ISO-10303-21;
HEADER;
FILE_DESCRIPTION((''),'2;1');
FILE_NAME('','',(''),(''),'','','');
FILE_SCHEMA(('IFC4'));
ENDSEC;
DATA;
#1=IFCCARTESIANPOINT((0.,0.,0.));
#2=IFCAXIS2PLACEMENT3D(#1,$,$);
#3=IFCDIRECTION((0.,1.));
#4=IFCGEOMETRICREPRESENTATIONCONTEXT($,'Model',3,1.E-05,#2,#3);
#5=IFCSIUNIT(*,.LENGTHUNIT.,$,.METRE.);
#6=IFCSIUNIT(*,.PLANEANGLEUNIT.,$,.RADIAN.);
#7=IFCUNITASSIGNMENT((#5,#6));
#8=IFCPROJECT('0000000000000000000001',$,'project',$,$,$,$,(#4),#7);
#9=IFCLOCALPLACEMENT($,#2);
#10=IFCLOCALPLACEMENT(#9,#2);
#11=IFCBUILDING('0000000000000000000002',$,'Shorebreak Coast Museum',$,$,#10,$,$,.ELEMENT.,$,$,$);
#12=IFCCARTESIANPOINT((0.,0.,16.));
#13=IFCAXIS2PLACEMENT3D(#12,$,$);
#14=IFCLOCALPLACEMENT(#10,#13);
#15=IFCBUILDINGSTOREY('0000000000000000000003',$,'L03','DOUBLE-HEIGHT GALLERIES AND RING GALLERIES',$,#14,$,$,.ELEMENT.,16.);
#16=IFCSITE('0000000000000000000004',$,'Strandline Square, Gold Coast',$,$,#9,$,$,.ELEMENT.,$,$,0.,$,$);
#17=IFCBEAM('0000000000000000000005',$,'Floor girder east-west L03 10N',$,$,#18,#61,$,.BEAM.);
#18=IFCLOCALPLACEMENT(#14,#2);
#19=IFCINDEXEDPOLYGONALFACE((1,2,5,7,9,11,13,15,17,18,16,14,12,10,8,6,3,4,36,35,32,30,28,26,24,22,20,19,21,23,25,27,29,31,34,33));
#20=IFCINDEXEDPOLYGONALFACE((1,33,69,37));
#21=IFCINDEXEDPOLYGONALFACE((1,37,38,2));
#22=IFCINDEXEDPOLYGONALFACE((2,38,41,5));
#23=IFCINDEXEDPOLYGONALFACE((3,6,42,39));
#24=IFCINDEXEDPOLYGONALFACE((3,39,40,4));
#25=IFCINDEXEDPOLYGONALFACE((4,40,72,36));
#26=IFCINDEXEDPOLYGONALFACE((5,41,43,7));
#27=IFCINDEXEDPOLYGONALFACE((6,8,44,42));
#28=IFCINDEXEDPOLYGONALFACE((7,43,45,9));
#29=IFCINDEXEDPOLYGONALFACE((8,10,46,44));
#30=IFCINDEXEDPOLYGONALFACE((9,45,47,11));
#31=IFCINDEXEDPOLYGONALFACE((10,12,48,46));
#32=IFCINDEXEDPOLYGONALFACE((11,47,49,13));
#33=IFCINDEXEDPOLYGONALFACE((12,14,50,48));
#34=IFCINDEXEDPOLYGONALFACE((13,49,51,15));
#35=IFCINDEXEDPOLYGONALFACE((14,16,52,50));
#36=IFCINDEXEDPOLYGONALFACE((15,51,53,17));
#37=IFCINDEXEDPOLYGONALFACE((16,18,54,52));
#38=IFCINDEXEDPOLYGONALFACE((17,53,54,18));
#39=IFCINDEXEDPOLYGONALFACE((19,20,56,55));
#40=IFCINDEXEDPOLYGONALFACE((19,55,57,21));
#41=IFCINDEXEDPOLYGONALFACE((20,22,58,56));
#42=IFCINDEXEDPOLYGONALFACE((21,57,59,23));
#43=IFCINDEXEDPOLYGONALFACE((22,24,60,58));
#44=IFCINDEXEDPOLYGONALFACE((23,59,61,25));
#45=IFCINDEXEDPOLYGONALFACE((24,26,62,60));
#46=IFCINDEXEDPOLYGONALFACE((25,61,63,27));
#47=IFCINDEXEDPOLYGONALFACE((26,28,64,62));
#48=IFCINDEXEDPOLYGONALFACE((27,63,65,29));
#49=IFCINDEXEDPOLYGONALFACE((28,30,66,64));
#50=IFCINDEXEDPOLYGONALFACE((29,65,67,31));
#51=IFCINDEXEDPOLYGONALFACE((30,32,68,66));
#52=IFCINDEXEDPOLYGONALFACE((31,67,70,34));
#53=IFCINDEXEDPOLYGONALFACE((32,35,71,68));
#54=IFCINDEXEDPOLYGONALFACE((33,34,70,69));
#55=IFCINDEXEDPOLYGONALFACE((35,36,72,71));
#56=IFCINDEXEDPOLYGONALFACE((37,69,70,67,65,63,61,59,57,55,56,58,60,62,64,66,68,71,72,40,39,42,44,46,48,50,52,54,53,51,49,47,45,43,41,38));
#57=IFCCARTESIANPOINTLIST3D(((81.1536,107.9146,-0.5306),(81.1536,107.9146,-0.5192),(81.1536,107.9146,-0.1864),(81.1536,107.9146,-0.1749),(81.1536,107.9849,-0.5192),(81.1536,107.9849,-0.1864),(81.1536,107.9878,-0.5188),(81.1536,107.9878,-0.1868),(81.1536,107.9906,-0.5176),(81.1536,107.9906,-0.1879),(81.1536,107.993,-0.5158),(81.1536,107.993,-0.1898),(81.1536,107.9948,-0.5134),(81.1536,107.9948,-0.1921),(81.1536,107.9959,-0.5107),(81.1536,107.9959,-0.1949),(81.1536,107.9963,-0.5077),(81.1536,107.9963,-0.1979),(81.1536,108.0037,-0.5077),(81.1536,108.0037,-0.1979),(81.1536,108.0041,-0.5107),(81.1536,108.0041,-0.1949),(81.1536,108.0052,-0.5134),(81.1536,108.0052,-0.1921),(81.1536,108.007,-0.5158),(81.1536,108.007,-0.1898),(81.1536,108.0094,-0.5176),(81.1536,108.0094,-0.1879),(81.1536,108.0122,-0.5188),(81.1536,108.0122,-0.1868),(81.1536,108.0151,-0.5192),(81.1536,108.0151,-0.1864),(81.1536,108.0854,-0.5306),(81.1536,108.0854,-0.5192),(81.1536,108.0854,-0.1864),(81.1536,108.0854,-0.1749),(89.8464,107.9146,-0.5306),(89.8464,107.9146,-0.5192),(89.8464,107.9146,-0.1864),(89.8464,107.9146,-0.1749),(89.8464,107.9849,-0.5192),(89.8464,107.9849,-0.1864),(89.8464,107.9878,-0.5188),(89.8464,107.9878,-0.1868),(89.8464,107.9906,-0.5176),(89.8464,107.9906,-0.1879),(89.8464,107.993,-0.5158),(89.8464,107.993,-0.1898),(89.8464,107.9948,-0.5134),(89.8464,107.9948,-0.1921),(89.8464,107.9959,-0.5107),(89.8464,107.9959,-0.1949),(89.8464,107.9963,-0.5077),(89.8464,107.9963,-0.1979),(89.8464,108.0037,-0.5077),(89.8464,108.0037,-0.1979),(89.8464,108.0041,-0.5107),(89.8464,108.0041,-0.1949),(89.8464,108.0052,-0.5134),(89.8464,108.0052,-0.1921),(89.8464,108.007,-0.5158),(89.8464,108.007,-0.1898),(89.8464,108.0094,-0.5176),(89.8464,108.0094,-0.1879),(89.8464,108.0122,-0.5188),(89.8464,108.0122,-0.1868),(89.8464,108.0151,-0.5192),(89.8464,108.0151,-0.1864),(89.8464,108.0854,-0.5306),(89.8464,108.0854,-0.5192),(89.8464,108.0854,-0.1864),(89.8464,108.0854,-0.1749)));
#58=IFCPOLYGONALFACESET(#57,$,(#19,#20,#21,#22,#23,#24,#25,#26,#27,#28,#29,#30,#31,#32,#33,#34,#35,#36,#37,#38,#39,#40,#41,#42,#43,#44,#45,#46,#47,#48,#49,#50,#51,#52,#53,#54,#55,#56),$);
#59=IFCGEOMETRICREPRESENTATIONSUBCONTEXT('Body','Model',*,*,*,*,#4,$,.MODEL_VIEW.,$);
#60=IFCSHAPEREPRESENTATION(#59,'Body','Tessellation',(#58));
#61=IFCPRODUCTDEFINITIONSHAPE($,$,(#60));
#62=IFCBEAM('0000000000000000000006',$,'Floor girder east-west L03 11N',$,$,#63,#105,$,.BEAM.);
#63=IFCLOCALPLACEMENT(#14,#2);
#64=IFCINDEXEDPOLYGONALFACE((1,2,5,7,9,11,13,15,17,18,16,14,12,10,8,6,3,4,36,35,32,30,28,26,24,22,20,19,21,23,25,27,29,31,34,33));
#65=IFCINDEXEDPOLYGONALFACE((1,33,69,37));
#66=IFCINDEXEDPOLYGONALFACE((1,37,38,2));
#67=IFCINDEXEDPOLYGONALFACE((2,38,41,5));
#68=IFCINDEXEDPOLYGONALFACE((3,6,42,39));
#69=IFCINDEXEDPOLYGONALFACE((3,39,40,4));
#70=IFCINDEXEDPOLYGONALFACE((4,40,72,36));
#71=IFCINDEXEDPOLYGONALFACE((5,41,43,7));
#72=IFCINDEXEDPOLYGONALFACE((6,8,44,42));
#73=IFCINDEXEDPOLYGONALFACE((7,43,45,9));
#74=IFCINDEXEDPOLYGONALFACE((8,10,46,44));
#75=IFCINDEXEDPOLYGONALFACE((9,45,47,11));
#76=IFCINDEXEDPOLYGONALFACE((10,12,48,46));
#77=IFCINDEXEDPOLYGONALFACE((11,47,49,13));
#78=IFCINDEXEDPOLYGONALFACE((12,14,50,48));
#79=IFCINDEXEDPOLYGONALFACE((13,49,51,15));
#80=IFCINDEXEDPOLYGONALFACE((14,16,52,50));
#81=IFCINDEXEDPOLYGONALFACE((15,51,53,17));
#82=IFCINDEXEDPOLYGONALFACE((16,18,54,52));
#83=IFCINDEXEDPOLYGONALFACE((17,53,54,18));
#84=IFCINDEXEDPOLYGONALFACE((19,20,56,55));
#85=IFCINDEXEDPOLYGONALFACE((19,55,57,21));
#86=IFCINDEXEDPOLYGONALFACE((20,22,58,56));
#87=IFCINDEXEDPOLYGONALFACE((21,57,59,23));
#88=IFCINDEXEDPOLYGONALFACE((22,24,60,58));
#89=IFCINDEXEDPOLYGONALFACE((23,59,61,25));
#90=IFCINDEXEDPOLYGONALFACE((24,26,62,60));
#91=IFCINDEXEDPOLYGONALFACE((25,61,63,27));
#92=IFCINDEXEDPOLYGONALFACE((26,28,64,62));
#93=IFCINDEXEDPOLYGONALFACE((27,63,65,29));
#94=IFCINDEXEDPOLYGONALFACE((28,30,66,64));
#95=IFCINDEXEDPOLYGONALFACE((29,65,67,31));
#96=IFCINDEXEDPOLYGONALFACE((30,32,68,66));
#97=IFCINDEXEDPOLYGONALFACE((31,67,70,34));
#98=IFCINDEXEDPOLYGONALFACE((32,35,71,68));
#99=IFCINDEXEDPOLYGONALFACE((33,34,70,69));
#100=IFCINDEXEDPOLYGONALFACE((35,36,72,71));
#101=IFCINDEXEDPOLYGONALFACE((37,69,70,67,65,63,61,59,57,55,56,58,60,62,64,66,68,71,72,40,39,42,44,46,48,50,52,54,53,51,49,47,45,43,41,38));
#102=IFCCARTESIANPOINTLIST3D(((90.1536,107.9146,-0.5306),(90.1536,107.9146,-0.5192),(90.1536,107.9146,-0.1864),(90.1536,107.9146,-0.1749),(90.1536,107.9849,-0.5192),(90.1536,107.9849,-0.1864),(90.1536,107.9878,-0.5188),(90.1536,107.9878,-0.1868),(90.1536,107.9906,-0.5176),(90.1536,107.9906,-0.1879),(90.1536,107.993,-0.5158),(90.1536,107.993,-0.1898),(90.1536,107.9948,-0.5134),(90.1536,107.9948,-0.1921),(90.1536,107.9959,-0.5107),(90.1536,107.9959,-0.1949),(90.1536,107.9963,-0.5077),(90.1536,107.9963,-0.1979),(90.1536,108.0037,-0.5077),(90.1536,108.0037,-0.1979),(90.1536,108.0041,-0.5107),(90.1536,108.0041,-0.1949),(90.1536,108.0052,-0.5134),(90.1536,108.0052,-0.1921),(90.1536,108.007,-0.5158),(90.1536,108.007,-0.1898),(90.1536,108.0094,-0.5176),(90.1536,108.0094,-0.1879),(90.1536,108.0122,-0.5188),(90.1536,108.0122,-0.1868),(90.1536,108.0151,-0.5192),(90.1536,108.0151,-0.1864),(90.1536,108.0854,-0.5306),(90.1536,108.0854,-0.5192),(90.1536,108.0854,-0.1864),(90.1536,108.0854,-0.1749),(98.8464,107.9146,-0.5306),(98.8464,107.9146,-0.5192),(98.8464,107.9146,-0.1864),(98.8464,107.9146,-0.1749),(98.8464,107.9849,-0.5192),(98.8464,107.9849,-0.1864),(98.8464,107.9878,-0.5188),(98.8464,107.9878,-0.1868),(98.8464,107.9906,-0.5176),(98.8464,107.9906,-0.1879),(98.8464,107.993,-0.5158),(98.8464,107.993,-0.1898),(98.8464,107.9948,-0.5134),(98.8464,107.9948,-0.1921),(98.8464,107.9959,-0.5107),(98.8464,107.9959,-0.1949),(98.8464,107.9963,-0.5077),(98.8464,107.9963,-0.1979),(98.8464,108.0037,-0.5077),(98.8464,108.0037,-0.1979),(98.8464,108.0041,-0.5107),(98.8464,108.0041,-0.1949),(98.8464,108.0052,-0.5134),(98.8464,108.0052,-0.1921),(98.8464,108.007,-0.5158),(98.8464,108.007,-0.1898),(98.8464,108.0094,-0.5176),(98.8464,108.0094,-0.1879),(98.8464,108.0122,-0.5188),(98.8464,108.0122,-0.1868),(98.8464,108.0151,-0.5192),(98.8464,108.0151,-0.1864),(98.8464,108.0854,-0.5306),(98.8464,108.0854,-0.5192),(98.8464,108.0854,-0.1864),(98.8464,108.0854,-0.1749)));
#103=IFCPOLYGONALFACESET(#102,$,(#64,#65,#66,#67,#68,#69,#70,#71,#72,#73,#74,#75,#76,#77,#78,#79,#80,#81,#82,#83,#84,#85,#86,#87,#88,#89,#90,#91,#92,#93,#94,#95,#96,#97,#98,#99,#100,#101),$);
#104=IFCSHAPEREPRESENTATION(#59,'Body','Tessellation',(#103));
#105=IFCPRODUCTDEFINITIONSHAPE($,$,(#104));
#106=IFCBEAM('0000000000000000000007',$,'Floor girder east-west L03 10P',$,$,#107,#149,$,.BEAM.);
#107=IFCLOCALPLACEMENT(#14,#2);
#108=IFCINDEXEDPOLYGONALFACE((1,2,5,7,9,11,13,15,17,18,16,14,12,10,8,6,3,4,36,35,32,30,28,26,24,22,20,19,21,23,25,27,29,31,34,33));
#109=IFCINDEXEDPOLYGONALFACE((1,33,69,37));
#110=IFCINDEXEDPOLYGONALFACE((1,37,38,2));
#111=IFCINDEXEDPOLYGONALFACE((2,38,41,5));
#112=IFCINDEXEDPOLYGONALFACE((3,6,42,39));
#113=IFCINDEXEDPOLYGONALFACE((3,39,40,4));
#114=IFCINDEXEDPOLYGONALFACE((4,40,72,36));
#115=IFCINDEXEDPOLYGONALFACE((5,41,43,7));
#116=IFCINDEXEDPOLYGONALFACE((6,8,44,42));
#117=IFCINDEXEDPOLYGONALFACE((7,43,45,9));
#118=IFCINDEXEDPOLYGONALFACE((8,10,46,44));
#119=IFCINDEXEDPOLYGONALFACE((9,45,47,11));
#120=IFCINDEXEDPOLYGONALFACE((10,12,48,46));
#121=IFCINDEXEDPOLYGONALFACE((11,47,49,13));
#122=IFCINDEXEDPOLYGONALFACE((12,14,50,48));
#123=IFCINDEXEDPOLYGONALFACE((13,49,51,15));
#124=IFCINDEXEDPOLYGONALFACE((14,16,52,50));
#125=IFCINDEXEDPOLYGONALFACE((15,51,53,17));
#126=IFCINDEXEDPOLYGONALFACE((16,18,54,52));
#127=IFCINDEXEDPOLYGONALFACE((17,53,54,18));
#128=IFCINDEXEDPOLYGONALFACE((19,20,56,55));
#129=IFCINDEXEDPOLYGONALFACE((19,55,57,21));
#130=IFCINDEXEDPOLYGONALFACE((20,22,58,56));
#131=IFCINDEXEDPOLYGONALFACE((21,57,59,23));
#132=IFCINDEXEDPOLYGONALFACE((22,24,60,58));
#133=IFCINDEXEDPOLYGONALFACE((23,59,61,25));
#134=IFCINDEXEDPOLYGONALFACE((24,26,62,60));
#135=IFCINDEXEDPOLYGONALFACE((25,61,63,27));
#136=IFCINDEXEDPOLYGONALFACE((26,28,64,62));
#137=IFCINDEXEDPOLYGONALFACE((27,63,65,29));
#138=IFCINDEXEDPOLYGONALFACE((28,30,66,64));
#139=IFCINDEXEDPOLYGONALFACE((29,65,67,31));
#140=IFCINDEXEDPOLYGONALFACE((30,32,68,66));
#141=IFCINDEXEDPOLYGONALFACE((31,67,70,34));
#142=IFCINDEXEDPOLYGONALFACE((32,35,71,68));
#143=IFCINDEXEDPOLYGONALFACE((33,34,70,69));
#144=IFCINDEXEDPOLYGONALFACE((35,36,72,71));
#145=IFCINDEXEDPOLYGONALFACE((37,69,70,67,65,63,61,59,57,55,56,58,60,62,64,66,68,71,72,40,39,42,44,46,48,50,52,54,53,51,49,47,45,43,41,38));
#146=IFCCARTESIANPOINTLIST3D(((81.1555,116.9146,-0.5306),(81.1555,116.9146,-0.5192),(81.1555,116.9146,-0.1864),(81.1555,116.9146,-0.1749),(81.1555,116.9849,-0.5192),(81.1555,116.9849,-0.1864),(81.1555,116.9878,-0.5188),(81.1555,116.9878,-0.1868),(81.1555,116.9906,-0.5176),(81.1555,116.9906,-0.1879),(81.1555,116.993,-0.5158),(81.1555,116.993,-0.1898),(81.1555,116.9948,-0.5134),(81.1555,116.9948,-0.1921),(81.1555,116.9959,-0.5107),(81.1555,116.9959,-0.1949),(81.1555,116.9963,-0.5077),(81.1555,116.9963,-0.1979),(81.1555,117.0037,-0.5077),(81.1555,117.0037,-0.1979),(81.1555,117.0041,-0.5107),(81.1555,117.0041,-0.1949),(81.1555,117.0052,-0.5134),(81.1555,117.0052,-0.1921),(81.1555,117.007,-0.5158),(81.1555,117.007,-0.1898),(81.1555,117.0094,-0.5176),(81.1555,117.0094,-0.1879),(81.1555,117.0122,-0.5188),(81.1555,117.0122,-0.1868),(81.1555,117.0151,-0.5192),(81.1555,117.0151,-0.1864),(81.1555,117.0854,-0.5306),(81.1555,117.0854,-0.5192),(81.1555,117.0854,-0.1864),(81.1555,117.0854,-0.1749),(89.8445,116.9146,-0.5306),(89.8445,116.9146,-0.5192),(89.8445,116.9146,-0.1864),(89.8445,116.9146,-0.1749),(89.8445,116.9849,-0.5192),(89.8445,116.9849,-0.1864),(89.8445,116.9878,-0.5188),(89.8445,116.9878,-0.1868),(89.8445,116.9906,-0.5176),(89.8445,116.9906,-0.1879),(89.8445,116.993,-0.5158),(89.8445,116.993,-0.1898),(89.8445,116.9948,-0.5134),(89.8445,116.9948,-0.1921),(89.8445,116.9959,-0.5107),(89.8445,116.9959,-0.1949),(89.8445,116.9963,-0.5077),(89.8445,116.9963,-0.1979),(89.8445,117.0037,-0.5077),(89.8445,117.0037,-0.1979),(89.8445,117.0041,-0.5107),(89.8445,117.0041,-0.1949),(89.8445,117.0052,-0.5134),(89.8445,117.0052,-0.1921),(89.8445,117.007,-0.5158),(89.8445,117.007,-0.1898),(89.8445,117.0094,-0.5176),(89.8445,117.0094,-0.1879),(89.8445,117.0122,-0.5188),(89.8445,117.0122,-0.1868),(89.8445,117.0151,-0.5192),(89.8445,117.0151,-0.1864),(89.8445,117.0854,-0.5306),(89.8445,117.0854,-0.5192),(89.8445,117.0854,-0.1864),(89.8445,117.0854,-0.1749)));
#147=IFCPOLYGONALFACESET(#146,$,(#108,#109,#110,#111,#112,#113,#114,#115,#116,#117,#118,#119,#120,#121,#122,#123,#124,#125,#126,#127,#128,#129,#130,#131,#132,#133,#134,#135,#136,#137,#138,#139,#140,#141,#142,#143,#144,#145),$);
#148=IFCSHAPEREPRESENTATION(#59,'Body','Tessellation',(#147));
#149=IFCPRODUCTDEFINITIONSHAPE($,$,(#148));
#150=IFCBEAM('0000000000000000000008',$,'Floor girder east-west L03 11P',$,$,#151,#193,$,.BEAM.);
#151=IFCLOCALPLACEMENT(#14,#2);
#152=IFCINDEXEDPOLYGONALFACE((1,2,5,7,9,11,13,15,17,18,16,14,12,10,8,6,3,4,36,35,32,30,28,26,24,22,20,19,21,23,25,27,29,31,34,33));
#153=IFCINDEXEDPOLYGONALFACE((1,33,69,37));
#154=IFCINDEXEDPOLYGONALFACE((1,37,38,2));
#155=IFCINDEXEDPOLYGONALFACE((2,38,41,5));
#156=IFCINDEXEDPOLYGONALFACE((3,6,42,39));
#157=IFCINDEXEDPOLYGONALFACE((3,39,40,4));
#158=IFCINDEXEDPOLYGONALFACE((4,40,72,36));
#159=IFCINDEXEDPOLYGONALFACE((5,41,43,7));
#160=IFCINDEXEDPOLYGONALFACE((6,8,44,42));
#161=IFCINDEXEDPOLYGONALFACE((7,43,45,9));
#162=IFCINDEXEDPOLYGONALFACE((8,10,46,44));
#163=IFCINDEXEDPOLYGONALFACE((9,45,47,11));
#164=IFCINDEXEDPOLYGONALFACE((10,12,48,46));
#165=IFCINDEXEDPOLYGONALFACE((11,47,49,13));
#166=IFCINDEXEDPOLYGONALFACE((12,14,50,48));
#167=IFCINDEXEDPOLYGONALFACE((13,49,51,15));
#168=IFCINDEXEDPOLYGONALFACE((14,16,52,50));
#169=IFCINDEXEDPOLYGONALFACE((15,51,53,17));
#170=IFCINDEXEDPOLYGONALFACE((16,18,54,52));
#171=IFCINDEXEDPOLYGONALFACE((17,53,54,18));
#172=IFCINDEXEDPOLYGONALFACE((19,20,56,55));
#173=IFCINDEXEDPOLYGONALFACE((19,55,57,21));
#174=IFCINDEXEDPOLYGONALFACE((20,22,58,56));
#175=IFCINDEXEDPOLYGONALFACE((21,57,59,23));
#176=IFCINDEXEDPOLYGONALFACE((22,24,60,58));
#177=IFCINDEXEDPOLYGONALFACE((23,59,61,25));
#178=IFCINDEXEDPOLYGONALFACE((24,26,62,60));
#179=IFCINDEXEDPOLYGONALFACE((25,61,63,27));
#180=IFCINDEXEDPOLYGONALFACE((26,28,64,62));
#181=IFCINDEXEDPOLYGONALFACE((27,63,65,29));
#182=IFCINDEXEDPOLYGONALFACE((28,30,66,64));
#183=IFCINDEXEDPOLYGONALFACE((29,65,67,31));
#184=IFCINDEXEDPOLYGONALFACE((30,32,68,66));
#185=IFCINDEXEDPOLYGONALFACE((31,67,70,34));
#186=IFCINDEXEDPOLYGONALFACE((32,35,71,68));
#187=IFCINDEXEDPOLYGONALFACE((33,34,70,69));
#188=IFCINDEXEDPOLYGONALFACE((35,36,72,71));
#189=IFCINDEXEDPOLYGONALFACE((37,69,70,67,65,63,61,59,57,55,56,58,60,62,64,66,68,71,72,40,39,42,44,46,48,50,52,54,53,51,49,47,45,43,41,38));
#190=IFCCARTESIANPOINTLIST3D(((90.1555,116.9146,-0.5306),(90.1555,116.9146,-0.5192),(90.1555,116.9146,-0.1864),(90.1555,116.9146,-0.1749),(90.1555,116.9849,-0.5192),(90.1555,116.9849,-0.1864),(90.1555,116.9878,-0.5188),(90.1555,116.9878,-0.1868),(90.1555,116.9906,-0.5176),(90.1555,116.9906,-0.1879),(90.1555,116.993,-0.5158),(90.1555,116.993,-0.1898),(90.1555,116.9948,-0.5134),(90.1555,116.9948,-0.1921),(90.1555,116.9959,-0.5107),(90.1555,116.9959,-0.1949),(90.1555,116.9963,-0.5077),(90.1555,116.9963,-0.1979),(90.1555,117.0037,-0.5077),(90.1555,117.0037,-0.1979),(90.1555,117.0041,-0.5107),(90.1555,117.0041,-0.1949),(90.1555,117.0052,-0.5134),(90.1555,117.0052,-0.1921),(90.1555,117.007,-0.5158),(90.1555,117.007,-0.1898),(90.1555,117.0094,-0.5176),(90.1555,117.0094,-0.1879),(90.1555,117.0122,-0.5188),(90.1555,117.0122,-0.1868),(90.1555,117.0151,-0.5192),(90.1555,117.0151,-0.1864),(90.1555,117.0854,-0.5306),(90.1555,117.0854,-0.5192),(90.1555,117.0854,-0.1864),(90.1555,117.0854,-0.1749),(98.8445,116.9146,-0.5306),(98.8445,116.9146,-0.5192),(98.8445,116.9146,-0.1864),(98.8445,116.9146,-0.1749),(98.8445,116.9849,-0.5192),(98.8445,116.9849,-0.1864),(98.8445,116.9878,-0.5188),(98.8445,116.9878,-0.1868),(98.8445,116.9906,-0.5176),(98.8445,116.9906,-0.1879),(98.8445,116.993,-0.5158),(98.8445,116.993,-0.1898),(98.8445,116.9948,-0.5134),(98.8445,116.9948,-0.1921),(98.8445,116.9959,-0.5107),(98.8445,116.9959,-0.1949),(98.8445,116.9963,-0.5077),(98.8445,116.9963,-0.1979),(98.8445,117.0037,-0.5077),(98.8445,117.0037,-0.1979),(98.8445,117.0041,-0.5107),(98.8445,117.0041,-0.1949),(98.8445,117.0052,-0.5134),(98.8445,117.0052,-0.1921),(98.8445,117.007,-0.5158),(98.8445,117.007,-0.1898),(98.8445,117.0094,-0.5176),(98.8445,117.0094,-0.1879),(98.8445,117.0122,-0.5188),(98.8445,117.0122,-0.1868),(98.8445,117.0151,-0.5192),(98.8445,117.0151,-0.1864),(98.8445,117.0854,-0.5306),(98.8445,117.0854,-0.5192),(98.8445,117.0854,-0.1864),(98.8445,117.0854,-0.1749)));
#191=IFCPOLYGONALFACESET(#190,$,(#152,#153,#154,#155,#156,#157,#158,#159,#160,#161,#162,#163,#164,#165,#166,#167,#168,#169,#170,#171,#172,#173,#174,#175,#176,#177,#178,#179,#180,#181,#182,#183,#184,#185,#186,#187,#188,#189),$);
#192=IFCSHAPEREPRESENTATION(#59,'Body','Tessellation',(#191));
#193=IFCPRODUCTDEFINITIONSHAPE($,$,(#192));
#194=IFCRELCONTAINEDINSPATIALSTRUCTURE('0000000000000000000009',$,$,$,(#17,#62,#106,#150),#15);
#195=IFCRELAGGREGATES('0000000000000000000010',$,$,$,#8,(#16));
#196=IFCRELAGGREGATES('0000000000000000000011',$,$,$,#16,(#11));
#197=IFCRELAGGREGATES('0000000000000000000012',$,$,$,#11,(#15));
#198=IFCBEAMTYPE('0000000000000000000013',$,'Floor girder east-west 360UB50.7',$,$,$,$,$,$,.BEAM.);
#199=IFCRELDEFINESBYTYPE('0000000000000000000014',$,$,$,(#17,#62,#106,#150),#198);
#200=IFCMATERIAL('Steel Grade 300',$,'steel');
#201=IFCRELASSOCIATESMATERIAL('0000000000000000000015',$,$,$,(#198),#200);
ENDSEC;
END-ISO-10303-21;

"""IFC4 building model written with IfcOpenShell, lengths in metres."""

from ifc_helpers import new_model, si_unit, direction, frame, origin, origin_2d, place, context, subcontext, project, spatial, i_section, extrude, material, material_profile, profile_set, type_object, element, save


model = new_model("IFC4")

# Units and contexts
model_context = context("Model", 3, precision=1e-05, world=origin(), true_north=direction((0.0, 1.0)))
body_context = subcontext(model_context, "Body", "Model", "MODEL_VIEW")
ifc_project = project(units=[si_unit("LENGTHUNIT", "METRE"), si_unit("PLANEANGLEUNIT", "RADIAN")], contexts=[model_context])

# Site, building, storey
site_placement = place(None, origin())
site = spatial("IfcSite", under=ifc_project, at=site_placement, Name="Strandline Square, Gold Coast", CompositionType="ELEMENT", RefElevation=0.0)
building_placement = place(site_placement, origin())
building = spatial("IfcBuilding", under=site, at=building_placement, Name="Shorebreak Coast Museum", CompositionType="ELEMENT")
storey_placement = place(building_placement, frame((0.0, 0.0, 16.0)))
storey = spatial("IfcBuildingStorey", under=building, at=storey_placement, Name="L03", Description="DOUBLE-HEIGHT GALLERIES AND RING GALLERIES", CompositionType="ELEMENT", Elevation=16.0)

# Beams
ifc_material_1 = material(Name="Steel Grade 300", Category="steel")
ifc_material_profile_1 = material_profile(ifc_material_1, i_section(OverallWidth=0.1709, OverallDepth=0.3557, WebThickness=0.0073, FlangeThickness=0.0115, FilletRadius=0.0115, at=origin_2d()), Name="360UB50.7")
ifc_profile_set_1 = profile_set([ifc_material_profile_1], Name="Steel Grade 300")
beam_type_1 = type_object("IfcBeamType", Name="Floor girder east-west 360UB50.7", PredefinedType="BEAM", material=ifc_profile_set_1)
for number, where, z_axis, x_axis, name in (
    (1, (81.1536, 108.0, -0.3528), (1.0, 0.0, 0.0), (0.0, 1.0, 0.0), "Floor girder east-west L03 10N"),
    (2, (90.1536, 108.0, -0.3528), (1.0, 0.0, 0.0), (0.0, 1.0, 0.0), "Floor girder east-west L03 11N"),
):
    element("IfcBeam", number, at=place(storey_placement, frame(where, z_axis=z_axis, x_axis=x_axis)), inside=storey, type_object=beam_type_1, Name=name, PredefinedType="BEAM", context=body_context, shape_type="SweptSolid", body=[
        extrude(i_section(OverallWidth=0.1709, OverallDepth=0.3557, WebThickness=0.0073, FlangeThickness=0.0115, FilletRadius=0.0115, at=origin_2d()), origin(), (0.0, 0.0, 1.0), 8.6929),
    ])
for number, where, z_axis, x_axis, name in (
    (3, (81.1555, 117.0, -0.3528), (1.0, 0.0, 0.0), (0.0, 1.0, 0.0), "Floor girder east-west L03 10P"),
    (4, (90.1555, 117.0, -0.3528), (1.0, 0.0, 0.0), (0.0, 1.0, 0.0), "Floor girder east-west L03 11P"),
):
    element("IfcBeam", number, at=place(storey_placement, frame(where, z_axis=z_axis, x_axis=x_axis)), inside=storey, type_object=beam_type_1, Name=name, PredefinedType="BEAM", context=body_context, shape_type="SweptSolid", body=[
        extrude(i_section(OverallWidth=0.1709, OverallDepth=0.3557, WebThickness=0.0073, FlangeThickness=0.0115, FilletRadius=0.0115, at=origin_2d()), origin(), (0.0, 0.0, 1.0), 8.689),
    ])

save(model, "model.ifc")
